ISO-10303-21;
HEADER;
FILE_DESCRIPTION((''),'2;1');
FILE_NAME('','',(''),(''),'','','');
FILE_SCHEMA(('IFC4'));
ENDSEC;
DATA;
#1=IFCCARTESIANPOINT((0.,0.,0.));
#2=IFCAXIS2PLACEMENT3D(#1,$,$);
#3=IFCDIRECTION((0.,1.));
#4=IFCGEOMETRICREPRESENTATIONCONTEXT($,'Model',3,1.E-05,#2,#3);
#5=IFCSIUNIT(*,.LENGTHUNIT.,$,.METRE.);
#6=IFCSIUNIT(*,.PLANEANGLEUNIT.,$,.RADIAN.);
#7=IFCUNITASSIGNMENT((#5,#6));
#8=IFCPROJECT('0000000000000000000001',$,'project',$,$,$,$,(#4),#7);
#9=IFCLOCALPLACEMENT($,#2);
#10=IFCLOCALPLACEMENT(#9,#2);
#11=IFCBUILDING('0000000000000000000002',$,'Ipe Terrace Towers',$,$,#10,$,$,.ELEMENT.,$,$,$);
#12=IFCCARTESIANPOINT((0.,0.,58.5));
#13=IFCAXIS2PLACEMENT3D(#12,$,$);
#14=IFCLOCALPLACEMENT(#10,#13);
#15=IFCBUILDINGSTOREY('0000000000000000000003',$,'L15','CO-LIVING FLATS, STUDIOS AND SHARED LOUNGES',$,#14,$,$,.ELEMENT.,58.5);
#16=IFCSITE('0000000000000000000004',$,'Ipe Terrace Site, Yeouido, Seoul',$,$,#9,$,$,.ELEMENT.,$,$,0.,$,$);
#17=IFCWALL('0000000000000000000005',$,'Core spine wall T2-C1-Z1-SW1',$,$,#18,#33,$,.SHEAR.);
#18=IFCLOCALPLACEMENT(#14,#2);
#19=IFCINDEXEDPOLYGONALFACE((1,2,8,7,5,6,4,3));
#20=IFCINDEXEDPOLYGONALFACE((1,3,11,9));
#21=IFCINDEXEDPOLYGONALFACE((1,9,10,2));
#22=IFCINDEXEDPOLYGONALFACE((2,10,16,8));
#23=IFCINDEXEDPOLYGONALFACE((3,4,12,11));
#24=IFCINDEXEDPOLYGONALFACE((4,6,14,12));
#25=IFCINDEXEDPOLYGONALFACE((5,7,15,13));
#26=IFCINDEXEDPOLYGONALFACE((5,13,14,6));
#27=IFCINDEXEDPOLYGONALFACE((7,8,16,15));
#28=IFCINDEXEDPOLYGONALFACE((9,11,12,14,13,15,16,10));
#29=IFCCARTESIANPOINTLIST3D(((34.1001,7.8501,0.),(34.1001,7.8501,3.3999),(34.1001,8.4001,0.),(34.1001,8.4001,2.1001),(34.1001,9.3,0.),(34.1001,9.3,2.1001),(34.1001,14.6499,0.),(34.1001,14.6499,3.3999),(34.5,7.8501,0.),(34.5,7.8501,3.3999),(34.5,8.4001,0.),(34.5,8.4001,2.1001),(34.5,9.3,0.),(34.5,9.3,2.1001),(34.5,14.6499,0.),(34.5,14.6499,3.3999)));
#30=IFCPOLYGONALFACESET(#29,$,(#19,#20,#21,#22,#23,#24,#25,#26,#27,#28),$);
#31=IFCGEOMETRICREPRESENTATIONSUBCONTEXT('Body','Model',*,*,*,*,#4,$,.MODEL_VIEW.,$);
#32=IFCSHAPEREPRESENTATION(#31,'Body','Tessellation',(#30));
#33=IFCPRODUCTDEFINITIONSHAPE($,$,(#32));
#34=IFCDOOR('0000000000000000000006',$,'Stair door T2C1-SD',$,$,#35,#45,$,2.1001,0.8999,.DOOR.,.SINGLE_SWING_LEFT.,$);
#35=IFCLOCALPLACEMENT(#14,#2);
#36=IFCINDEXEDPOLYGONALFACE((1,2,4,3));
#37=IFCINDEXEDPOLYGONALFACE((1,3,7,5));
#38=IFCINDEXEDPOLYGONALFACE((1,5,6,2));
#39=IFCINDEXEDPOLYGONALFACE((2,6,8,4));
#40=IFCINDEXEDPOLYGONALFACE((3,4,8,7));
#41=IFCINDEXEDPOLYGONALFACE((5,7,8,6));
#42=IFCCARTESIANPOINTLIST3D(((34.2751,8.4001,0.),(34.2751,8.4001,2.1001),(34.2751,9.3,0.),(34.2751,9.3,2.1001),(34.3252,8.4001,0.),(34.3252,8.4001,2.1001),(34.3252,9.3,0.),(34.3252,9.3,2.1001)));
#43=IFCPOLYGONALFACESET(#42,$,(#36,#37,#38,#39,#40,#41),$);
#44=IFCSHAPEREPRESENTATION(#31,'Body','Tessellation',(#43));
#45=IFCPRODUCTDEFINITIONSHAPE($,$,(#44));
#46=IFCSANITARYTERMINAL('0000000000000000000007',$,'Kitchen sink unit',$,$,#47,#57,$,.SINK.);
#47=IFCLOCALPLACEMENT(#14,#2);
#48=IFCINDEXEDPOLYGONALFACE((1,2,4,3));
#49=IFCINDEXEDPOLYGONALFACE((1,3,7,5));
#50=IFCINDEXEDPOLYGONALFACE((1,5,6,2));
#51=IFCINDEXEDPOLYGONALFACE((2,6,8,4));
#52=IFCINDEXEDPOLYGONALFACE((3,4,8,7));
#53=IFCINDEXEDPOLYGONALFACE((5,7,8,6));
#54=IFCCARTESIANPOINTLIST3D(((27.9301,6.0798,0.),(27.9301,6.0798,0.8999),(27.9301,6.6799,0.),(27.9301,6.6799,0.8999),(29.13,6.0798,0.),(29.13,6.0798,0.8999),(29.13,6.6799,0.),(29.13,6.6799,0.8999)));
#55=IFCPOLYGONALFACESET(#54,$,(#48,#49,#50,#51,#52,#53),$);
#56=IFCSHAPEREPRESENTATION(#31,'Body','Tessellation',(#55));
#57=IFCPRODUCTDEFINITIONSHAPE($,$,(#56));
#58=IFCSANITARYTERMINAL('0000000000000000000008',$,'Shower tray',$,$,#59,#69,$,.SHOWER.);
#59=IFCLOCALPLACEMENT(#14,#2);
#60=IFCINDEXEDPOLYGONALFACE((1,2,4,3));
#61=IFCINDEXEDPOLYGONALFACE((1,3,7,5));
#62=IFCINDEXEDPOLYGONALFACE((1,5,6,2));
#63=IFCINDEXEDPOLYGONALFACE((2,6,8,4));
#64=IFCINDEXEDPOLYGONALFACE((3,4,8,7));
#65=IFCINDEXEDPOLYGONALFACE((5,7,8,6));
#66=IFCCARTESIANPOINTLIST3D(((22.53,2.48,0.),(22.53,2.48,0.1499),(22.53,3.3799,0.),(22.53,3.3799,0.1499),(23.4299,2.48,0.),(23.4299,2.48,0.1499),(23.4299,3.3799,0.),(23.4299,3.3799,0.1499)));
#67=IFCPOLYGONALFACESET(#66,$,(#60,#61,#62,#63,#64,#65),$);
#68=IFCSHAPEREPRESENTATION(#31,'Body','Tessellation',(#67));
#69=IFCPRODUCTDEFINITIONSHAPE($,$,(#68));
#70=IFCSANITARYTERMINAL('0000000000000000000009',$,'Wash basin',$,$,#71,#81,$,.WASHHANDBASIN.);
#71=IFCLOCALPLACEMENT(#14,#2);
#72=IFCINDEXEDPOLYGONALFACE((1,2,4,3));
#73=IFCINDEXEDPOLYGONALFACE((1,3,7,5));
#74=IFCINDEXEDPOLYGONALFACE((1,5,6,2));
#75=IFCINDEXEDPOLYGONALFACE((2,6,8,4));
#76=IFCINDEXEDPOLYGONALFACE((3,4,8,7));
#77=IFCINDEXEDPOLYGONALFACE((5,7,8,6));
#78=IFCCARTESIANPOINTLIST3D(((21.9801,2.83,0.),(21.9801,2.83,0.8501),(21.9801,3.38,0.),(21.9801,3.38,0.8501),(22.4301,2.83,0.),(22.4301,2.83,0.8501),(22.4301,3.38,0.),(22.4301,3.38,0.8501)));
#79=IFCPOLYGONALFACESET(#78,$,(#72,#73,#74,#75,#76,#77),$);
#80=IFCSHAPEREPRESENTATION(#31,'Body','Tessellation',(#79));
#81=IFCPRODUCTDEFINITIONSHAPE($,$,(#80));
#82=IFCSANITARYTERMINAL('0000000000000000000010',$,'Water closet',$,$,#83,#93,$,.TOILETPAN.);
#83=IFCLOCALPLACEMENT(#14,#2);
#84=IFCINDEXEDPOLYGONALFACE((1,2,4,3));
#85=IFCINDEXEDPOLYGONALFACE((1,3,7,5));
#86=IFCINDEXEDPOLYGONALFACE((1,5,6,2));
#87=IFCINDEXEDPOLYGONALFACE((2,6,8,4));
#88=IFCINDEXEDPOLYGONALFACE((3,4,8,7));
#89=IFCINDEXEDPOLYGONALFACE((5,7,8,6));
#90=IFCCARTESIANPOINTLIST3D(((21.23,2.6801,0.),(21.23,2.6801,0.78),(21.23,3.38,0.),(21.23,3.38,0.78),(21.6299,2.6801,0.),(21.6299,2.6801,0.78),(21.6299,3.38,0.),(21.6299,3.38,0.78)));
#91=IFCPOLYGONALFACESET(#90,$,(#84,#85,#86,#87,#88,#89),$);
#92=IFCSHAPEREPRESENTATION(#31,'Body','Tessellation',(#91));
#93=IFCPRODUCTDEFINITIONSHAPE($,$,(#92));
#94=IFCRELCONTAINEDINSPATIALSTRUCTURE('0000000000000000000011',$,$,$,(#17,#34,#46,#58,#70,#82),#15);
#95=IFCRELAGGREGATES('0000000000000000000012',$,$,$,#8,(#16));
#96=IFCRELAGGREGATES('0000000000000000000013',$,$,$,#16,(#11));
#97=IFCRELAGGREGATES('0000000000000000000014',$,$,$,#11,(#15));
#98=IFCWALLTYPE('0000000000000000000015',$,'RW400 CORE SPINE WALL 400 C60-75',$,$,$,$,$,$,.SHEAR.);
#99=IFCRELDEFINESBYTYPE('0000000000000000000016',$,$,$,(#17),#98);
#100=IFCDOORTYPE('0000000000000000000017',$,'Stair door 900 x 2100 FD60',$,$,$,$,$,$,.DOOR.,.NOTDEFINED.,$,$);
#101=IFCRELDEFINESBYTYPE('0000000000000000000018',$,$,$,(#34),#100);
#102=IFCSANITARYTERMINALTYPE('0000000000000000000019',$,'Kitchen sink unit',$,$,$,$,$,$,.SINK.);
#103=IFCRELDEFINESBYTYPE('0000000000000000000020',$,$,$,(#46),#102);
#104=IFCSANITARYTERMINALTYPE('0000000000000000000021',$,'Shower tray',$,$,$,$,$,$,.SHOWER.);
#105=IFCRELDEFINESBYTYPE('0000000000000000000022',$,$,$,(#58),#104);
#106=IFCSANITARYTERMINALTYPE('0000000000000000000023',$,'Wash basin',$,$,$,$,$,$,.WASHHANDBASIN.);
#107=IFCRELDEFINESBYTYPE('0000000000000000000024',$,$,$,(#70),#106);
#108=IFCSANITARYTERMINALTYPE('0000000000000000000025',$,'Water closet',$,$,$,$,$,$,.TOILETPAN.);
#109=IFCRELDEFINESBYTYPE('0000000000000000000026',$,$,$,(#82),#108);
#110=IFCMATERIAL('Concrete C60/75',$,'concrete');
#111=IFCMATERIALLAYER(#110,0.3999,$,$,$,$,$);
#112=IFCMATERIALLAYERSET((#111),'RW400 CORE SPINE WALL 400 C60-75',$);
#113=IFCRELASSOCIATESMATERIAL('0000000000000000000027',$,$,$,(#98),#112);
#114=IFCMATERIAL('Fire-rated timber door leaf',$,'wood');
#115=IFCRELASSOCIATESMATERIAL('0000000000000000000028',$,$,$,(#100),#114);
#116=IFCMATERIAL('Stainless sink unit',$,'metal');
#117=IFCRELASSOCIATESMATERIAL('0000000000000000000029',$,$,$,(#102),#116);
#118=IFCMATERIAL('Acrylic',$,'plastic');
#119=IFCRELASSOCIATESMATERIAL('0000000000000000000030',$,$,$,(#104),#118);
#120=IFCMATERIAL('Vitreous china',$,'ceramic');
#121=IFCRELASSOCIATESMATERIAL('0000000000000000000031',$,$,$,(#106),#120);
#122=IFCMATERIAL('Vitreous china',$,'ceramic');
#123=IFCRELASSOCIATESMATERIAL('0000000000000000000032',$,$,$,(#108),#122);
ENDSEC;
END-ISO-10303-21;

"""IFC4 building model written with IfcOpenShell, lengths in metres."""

from ifc_helpers import new_model, si_unit, direction, frame, frame_2d, origin, origin_2d, place, context, subcontext, project, spatial, rectangle, extrude, material, layer, layer_set, type_object, element, fill, save


model = new_model("IFC4")

# Units and contexts
model_context = context("Model", 3, precision=1e-05, world=origin(), true_north=direction((0.0, 1.0)))
body_context = subcontext(model_context, "Body", "Model", "MODEL_VIEW")
ifc_project = project(units=[si_unit("LENGTHUNIT", "METRE"), si_unit("PLANEANGLEUNIT", "RADIAN")], contexts=[model_context])

# Site, building, storey
site_placement = place(None, origin())
site = spatial("IfcSite", under=ifc_project, at=site_placement, Name="Ipe Terrace Site, Yeouido, Seoul", CompositionType="ELEMENT", RefElevation=0.0)
building_placement = place(site_placement, origin())
building = spatial("IfcBuilding", under=site, at=building_placement, Name="Ipe Terrace Towers", CompositionType="ELEMENT")
storey_placement = place(building_placement, frame((0.0, 0.0, 58.5)))
storey = spatial("IfcBuildingStorey", under=building, at=storey_placement, Name="L15", Description="CO-LIVING FLATS, STUDIOS AND SHARED LOUNGES", CompositionType="ELEMENT", Elevation=58.5)

# Wall, opening, door
ifc_material_1 = material(Name="Concrete C60/75", Category="concrete")
ifc_layer_1 = layer(ifc_material_1, 0.3999)
ifc_layer_set_1 = layer_set([ifc_layer_1], Name="RW400 CORE SPINE WALL 400 C60-75")
wall_type_1 = type_object("IfcWallType", Name="RW400 CORE SPINE WALL 400 C60-75", PredefinedType="SHEAR", material=ifc_layer_set_1)
wall_1_placement = place(storey_placement, frame((34.3, 7.8501, 0.0), z_axis=(0.0, 0.0, 1.0), x_axis=(0.0, 1.0, 0.0)))
wall_1 = element("IfcWall", 1, at=wall_1_placement, inside=storey, type_object=wall_type_1, Name="Core spine wall T2-C1-Z1-SW1", PredefinedType="SHEAR", context=body_context, shape_type="SweptSolid", body=[
    extrude(rectangle(XDim=6.7998, YDim=0.3999, at=frame_2d((3.3999, 0.0))), origin(), (0.0, 0.0, 1.0), 3.3999),
])
opening_1_placement = place(wall_1_placement, frame((0.55, 0.0, 0.0)))
opening_1 = element("IfcOpeningElement", 2, at=opening_1_placement, cuts=wall_1, PredefinedType="OPENING", context=body_context, shape_type="SweptSolid", body=[
    extrude(rectangle(XDim=0.8999, YDim=2.1001, at=frame_2d((0.45, 1.05))), frame((0.0, 0.21, 0.0), z_axis=(0.0, -1.0, 0.0), x_axis=(1.0, 0.0, 0.0)), (0.0, 0.0, 1.0), 0.4199),
])
ifc_material_2 = material(Name="Fire-rated timber door leaf", Category="wood")
door_type_1 = type_object("IfcDoorType", Name="Stair door 900 x 2100 FD60", OperationType="NOTDEFINED", PredefinedType="DOOR", material=ifc_material_2)
door_1_placement = place(opening_1_placement, origin())
door_1 = element("IfcDoor", 3, at=door_1_placement, inside=storey, type_object=door_type_1, Name="Stair door T2C1-SD", OperationType="SINGLE_SWING_LEFT", OverallHeight=2.1001, OverallWidth=0.8999, PredefinedType="DOOR", context=body_context, shape_type="SweptSolid", body=[
    extrude(rectangle(XDim=0.8999, YDim=2.1001, at=frame_2d((0.45, 1.05))), frame((0.0, 0.0249, 0.0), z_axis=(0.0, -1.0, 0.0), x_axis=(1.0, 0.0, 0.0)), (0.0, 0.0, 1.0), 0.05),
])
fill(opening_1, door_1)

# Sanitary terminals
ifc_material_3 = material(Name="Stainless sink unit", Category="metal")
sanitary_terminal_type_1 = type_object("IfcSanitaryTerminalType", Name="Kitchen sink unit", PredefinedType="SINK", material=ifc_material_3)
sanitary_terminal_1_placement = place(storey_placement, frame((28.53, 6.3799, 0.0), z_axis=(0.0, 0.0, 1.0), x_axis=(1.0, 0.0, 0.0)))
element("IfcSanitaryTerminal", 4, at=sanitary_terminal_1_placement, inside=storey, type_object=sanitary_terminal_type_1, Name="Kitchen sink unit", PredefinedType="SINK", context=body_context, shape_type="SweptSolid", body=[
    extrude(rectangle(XDim=1.2, YDim=0.6001, at=origin_2d()), origin(), (0.0, 0.0, 1.0), 0.8999),
])
ifc_material_4 = material(Name="Acrylic", Category="plastic")
sanitary_terminal_type_2 = type_object("IfcSanitaryTerminalType", Name="Shower tray", PredefinedType="SHOWER", material=ifc_material_4)
sanitary_terminal_2_placement = place(storey_placement, frame((22.98, 2.9299, 0.0), z_axis=(0.0, 0.0, 1.0), x_axis=(0.0, -1.0, 0.0)))
element("IfcSanitaryTerminal", 5, at=sanitary_terminal_2_placement, inside=storey, type_object=sanitary_terminal_type_2, Name="Shower tray", PredefinedType="SHOWER", context=body_context, shape_type="SweptSolid", body=[
    extrude(rectangle(XDim=0.8999, YDim=0.8999, at=origin_2d()), origin(), (0.0, 0.0, 1.0), 0.1499),
])
ifc_material_5 = material(Name="Vitreous china", Category="ceramic")
sanitary_terminal_type_3 = type_object("IfcSanitaryTerminalType", Name="Wash basin", PredefinedType="WASHHANDBASIN", material=ifc_material_5)
sanitary_terminal_3_placement = place(storey_placement, frame((22.2051, 3.105, 0.0), z_axis=(0.0, 0.0, 1.0), x_axis=(0.0, -1.0, 0.0)))
element("IfcSanitaryTerminal", 6, at=sanitary_terminal_3_placement, inside=storey, type_object=sanitary_terminal_type_3, Name="Wash basin", PredefinedType="WASHHANDBASIN", context=body_context, shape_type="SweptSolid", body=[
    extrude(rectangle(XDim=0.55, YDim=0.45, at=origin_2d()), origin(), (0.0, 0.0, 1.0), 0.8501),
])
ifc_material_6 = material(Name="Vitreous china", Category="ceramic")
sanitary_terminal_type_4 = type_object("IfcSanitaryTerminalType", Name="Water closet", PredefinedType="TOILETPAN", material=ifc_material_6)
sanitary_terminal_4_placement = place(storey_placement, frame((21.4299, 3.03, 0.0), z_axis=(0.0, 0.0, 1.0), x_axis=(0.0, -1.0, 0.0)))
element("IfcSanitaryTerminal", 7, at=sanitary_terminal_4_placement, inside=storey, type_object=sanitary_terminal_type_4, Name="Water closet", PredefinedType="TOILETPAN", context=body_context, shape_type="SweptSolid", body=[
    extrude(rectangle(XDim=0.7, YDim=0.3999, at=origin_2d()), origin(), (0.0, 0.0, 1.0), 0.78),
])

save(model, "model.ifc")
